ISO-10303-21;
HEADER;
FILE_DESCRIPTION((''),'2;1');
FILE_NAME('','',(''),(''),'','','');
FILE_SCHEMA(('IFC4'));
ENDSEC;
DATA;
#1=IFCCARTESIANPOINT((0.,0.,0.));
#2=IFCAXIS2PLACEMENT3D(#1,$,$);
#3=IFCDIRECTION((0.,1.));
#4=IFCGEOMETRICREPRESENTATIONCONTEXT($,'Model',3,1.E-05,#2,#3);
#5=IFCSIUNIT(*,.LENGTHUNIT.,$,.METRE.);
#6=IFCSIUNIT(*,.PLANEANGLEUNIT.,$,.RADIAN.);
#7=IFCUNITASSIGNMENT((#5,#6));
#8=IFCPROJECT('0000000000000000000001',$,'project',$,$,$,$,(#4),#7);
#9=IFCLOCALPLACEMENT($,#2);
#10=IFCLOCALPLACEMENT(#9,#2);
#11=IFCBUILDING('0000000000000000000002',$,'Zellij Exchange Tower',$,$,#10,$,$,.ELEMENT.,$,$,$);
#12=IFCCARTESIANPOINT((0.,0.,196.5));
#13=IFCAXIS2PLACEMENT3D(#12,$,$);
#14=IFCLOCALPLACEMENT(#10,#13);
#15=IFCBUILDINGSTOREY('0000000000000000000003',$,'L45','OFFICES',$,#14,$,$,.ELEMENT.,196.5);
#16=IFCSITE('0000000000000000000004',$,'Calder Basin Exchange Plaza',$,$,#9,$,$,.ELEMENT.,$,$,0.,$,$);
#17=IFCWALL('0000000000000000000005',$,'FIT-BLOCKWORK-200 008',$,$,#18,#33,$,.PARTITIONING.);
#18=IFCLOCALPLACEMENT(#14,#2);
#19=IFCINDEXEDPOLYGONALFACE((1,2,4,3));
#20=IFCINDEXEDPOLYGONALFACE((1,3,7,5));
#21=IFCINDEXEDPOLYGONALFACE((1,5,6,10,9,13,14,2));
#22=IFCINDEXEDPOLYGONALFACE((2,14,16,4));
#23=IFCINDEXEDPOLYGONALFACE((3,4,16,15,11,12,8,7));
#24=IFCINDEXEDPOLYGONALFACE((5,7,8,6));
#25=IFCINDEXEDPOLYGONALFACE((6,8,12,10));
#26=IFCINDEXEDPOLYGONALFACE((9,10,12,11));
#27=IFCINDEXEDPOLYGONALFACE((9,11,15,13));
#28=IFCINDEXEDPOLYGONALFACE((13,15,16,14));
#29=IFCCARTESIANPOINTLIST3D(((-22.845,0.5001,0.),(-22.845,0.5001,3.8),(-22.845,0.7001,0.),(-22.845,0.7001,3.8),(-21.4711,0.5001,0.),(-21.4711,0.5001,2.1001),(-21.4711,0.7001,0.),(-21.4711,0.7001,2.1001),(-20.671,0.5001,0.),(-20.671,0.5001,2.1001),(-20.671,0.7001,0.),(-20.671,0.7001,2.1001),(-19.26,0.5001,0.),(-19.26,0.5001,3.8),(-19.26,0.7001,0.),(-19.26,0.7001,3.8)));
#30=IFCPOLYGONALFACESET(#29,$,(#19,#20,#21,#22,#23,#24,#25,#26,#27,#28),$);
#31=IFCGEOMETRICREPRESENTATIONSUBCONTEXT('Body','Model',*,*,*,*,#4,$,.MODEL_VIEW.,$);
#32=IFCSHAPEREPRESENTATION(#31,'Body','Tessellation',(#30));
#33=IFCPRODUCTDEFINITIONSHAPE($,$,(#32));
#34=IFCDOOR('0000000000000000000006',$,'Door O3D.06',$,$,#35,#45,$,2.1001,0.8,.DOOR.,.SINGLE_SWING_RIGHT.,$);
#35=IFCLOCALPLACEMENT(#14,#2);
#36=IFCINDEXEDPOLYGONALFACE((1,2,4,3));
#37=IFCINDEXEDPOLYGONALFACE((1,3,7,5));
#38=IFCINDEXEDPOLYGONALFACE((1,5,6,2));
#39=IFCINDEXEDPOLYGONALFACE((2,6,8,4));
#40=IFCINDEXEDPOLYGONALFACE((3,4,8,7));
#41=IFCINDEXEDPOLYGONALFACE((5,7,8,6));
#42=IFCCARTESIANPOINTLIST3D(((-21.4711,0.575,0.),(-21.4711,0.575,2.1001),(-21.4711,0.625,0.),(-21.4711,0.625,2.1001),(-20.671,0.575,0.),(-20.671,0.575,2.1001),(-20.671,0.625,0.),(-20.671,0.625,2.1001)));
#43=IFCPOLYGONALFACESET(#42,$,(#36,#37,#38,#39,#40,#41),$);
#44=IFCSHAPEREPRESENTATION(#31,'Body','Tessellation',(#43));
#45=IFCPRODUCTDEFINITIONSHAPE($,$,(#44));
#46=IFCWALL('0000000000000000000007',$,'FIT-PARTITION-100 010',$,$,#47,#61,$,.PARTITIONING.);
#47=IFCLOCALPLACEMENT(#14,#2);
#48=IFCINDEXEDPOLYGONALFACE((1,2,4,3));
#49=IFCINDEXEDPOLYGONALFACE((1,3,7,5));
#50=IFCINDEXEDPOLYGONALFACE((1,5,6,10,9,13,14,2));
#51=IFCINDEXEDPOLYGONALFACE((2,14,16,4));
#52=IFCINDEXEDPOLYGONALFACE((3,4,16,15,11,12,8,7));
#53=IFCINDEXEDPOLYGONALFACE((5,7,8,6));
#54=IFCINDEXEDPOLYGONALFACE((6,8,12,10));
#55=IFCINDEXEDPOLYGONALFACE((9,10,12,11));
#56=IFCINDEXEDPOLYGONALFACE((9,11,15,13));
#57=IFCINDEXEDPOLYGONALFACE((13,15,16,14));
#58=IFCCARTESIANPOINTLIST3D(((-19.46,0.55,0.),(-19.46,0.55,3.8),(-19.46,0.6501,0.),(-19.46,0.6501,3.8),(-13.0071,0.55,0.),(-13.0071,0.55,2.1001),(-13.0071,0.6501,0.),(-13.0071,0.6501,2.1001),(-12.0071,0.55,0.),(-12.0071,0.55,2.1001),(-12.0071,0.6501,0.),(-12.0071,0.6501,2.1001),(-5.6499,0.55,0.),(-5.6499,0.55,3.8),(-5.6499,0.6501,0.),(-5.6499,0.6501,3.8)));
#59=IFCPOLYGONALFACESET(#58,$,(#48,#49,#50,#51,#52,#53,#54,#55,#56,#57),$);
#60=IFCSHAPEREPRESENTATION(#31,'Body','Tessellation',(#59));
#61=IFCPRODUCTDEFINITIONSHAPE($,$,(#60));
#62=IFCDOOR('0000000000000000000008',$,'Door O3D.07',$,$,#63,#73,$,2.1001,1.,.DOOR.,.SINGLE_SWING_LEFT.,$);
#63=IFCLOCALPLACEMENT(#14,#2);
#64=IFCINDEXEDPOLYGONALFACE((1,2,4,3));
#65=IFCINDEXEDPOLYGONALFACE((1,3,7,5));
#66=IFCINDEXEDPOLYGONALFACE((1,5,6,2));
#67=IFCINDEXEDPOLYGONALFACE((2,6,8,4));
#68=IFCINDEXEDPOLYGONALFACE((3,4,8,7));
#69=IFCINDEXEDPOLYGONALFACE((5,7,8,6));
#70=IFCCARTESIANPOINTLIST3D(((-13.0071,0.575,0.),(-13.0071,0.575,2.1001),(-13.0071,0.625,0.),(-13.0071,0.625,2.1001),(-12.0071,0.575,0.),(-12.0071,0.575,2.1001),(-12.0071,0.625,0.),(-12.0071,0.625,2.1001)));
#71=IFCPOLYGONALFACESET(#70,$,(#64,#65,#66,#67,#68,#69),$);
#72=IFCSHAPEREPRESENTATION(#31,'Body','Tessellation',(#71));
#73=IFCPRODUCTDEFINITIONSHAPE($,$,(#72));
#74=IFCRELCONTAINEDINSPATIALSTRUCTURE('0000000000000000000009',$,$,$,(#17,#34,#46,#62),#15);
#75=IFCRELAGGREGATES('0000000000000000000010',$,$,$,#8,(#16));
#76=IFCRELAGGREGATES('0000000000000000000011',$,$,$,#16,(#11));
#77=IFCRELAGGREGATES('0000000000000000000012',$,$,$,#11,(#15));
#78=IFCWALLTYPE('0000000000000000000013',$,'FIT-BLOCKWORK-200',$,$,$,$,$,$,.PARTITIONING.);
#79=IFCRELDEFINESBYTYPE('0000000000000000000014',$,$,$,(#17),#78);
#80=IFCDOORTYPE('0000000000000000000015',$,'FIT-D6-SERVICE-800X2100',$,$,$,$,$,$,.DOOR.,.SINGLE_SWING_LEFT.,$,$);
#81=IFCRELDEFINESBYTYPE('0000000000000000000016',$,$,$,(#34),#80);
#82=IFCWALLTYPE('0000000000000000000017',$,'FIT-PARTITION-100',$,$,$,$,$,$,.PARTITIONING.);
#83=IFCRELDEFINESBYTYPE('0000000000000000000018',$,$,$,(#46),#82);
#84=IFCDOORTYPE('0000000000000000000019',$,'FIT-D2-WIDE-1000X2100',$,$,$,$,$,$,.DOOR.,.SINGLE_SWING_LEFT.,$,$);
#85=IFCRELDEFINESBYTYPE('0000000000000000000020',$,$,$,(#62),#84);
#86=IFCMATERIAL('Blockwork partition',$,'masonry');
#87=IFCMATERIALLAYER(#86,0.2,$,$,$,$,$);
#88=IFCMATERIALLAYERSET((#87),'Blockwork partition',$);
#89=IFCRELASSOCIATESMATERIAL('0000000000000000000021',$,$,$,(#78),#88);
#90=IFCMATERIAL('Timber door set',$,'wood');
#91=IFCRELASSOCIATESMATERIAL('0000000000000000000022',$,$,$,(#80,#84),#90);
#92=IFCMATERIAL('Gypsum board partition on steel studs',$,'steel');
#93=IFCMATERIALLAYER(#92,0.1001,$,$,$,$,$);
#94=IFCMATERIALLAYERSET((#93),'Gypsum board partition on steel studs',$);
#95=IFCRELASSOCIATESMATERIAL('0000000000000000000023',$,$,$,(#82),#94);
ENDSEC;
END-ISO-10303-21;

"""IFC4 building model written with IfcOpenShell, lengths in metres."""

from ifc_helpers import new_model, si_unit, direction, frame, frame_2d, origin, place, context, subcontext, project, spatial, rectangle, extrude, material, layer, layer_set, type_object, element, fill, save


model = new_model("IFC4")

# Units and contexts
model_context = context("Model", 3, precision=1e-05, world=origin(), true_north=direction((0.0, 1.0)))
body_context = subcontext(model_context, "Body", "Model", "MODEL_VIEW")
ifc_project = project(units=[si_unit("LENGTHUNIT", "METRE"), si_unit("PLANEANGLEUNIT", "RADIAN")], contexts=[model_context])

# Site, building, storey
site_placement = place(None, origin())
site = spatial("IfcSite", under=ifc_project, at=site_placement, Name="Calder Basin Exchange Plaza", CompositionType="ELEMENT", RefElevation=0.0)
building_placement = place(site_placement, origin())
building = spatial("IfcBuilding", under=site, at=building_placement, Name="Zellij Exchange Tower", CompositionType="ELEMENT")
storey_placement = place(building_placement, frame((0.0, 0.0, 196.5)))
storey = spatial("IfcBuildingStorey", under=building, at=storey_placement, Name="L45", Description="OFFICES", CompositionType="ELEMENT", Elevation=196.5)

# Walls, openings, doors
ifc_material_1 = material(Name="Blockwork partition", Category="masonry")
ifc_layer_1 = layer(ifc_material_1, 0.2)
ifc_layer_set_1 = layer_set([ifc_layer_1], Name="Blockwork partition")
wall_type_1 = type_object("IfcWallType", Name="FIT-BLOCKWORK-200", PredefinedType="PARTITIONING", material=ifc_layer_set_1)
wall_1_placement = place(storey_placement, frame((-22.845, 0.6001, 0.0), z_axis=(0.0, 0.0, 1.0), x_axis=(1.0, 0.0, 0.0)))
wall_1 = element("IfcWall", 1, at=wall_1_placement, inside=storey, type_object=wall_type_1, Name="FIT-BLOCKWORK-200 008", PredefinedType="PARTITIONING", context=body_context, shape_type="SweptSolid", body=[
    extrude(rectangle(XDim=3.585, YDim=0.2, at=frame_2d((1.7925, 0.0))), origin(), (0.0, 0.0, 1.0), 3.8),
])
opening_1_placement = place(wall_1_placement, frame((1.374, 0.0, 0.0)))
opening_1 = element("IfcOpeningElement", 2, at=opening_1_placement, cuts=wall_1, PredefinedType="OPENING", context=body_context, shape_type="SweptSolid", body=[
    extrude(rectangle(XDim=0.8, YDim=2.1001, at=frame_2d((0.3999, 1.05))), frame((0.0, 0.1118, 0.0), z_axis=(0.0, -1.0, 0.0), x_axis=(1.0, 0.0, 0.0)), (0.0, 0.0, 1.0), 0.2239),
])
ifc_material_2 = material(Name="Timber door set", Category="wood")
door_type_1 = type_object("IfcDoorType", Name="FIT-D6-SERVICE-800X2100", OperationType="SINGLE_SWING_LEFT", PredefinedType="DOOR", material=ifc_material_2)
door_1_placement = place(opening_1_placement, origin())
door_1 = element("IfcDoor", 3, at=door_1_placement, inside=storey, type_object=door_type_1, Name="Door O3D.06", OperationType="SINGLE_SWING_RIGHT", OverallHeight=2.1001, OverallWidth=0.8, PredefinedType="DOOR", context=body_context, shape_type="SweptSolid", body=[
    extrude(rectangle(XDim=0.8, YDim=2.1001, at=frame_2d((0.3999, 1.05))), frame((0.0, 0.0249, 0.0), z_axis=(0.0, -1.0, 0.0), x_axis=(1.0, 0.0, 0.0)), (0.0, 0.0, 1.0), 0.05),
])
fill(opening_1, door_1)
ifc_material_3 = material(Name="Gypsum board partition on steel studs", Category="steel")
ifc_layer_2 = layer(ifc_material_3, 0.1001)
ifc_layer_set_2 = layer_set([ifc_layer_2], Name="Gypsum board partition on steel studs")
wall_type_2 = type_object("IfcWallType", Name="FIT-PARTITION-100", PredefinedType="PARTITIONING", material=ifc_layer_set_2)
wall_2_placement = place(storey_placement, frame((-19.46, 0.6001, 0.0), z_axis=(0.0, 0.0, 1.0), x_axis=(1.0, 0.0, 0.0)))
wall_2 = element("IfcWall", 4, at=wall_2_placement, inside=storey, type_object=wall_type_2, Name="FIT-PARTITION-100 010", PredefinedType="PARTITIONING", context=body_context, shape_type="SweptSolid", body=[
    extrude(rectangle(XDim=13.8101, YDim=0.1001, at=frame_2d((6.905, 0.0))), origin(), (0.0, 0.0, 1.0), 3.8),
])
opening_2_placement = place(wall_2_placement, frame((6.4529, 0.0, 0.0)))
opening_2 = element("IfcOpeningElement", 5, at=opening_2_placement, cuts=wall_2, PredefinedType="OPENING", context=body_context, shape_type="SweptSolid", body=[
    extrude(rectangle(XDim=1.0, YDim=2.1001, at=frame_2d((0.5, 1.05))), frame((0.0, 0.062, 0.0), z_axis=(0.0, -1.0, 0.0), x_axis=(1.0, 0.0, 0.0)), (0.0, 0.0, 1.0), 0.124),
])
door_type_2 = type_object("IfcDoorType", Name="FIT-D2-WIDE-1000X2100", OperationType="SINGLE_SWING_LEFT", PredefinedType="DOOR", material=ifc_material_2)
door_2_placement = place(opening_2_placement, origin())
door_2 = element("IfcDoor", 6, at=door_2_placement, inside=storey, type_object=door_type_2, Name="Door O3D.07", OperationType="SINGLE_SWING_LEFT", OverallHeight=2.1001, OverallWidth=1.0, PredefinedType="DOOR", context=body_context, shape_type="SweptSolid", body=[
    extrude(rectangle(XDim=1.0, YDim=2.1001, at=frame_2d((0.5, 1.05))), frame((0.0, 0.0249, 0.0), z_axis=(0.0, -1.0, 0.0), x_axis=(1.0, 0.0, 0.0)), (0.0, 0.0, 1.0), 0.05),
])
fill(opening_2, door_2)

save(model, "model.ifc")
